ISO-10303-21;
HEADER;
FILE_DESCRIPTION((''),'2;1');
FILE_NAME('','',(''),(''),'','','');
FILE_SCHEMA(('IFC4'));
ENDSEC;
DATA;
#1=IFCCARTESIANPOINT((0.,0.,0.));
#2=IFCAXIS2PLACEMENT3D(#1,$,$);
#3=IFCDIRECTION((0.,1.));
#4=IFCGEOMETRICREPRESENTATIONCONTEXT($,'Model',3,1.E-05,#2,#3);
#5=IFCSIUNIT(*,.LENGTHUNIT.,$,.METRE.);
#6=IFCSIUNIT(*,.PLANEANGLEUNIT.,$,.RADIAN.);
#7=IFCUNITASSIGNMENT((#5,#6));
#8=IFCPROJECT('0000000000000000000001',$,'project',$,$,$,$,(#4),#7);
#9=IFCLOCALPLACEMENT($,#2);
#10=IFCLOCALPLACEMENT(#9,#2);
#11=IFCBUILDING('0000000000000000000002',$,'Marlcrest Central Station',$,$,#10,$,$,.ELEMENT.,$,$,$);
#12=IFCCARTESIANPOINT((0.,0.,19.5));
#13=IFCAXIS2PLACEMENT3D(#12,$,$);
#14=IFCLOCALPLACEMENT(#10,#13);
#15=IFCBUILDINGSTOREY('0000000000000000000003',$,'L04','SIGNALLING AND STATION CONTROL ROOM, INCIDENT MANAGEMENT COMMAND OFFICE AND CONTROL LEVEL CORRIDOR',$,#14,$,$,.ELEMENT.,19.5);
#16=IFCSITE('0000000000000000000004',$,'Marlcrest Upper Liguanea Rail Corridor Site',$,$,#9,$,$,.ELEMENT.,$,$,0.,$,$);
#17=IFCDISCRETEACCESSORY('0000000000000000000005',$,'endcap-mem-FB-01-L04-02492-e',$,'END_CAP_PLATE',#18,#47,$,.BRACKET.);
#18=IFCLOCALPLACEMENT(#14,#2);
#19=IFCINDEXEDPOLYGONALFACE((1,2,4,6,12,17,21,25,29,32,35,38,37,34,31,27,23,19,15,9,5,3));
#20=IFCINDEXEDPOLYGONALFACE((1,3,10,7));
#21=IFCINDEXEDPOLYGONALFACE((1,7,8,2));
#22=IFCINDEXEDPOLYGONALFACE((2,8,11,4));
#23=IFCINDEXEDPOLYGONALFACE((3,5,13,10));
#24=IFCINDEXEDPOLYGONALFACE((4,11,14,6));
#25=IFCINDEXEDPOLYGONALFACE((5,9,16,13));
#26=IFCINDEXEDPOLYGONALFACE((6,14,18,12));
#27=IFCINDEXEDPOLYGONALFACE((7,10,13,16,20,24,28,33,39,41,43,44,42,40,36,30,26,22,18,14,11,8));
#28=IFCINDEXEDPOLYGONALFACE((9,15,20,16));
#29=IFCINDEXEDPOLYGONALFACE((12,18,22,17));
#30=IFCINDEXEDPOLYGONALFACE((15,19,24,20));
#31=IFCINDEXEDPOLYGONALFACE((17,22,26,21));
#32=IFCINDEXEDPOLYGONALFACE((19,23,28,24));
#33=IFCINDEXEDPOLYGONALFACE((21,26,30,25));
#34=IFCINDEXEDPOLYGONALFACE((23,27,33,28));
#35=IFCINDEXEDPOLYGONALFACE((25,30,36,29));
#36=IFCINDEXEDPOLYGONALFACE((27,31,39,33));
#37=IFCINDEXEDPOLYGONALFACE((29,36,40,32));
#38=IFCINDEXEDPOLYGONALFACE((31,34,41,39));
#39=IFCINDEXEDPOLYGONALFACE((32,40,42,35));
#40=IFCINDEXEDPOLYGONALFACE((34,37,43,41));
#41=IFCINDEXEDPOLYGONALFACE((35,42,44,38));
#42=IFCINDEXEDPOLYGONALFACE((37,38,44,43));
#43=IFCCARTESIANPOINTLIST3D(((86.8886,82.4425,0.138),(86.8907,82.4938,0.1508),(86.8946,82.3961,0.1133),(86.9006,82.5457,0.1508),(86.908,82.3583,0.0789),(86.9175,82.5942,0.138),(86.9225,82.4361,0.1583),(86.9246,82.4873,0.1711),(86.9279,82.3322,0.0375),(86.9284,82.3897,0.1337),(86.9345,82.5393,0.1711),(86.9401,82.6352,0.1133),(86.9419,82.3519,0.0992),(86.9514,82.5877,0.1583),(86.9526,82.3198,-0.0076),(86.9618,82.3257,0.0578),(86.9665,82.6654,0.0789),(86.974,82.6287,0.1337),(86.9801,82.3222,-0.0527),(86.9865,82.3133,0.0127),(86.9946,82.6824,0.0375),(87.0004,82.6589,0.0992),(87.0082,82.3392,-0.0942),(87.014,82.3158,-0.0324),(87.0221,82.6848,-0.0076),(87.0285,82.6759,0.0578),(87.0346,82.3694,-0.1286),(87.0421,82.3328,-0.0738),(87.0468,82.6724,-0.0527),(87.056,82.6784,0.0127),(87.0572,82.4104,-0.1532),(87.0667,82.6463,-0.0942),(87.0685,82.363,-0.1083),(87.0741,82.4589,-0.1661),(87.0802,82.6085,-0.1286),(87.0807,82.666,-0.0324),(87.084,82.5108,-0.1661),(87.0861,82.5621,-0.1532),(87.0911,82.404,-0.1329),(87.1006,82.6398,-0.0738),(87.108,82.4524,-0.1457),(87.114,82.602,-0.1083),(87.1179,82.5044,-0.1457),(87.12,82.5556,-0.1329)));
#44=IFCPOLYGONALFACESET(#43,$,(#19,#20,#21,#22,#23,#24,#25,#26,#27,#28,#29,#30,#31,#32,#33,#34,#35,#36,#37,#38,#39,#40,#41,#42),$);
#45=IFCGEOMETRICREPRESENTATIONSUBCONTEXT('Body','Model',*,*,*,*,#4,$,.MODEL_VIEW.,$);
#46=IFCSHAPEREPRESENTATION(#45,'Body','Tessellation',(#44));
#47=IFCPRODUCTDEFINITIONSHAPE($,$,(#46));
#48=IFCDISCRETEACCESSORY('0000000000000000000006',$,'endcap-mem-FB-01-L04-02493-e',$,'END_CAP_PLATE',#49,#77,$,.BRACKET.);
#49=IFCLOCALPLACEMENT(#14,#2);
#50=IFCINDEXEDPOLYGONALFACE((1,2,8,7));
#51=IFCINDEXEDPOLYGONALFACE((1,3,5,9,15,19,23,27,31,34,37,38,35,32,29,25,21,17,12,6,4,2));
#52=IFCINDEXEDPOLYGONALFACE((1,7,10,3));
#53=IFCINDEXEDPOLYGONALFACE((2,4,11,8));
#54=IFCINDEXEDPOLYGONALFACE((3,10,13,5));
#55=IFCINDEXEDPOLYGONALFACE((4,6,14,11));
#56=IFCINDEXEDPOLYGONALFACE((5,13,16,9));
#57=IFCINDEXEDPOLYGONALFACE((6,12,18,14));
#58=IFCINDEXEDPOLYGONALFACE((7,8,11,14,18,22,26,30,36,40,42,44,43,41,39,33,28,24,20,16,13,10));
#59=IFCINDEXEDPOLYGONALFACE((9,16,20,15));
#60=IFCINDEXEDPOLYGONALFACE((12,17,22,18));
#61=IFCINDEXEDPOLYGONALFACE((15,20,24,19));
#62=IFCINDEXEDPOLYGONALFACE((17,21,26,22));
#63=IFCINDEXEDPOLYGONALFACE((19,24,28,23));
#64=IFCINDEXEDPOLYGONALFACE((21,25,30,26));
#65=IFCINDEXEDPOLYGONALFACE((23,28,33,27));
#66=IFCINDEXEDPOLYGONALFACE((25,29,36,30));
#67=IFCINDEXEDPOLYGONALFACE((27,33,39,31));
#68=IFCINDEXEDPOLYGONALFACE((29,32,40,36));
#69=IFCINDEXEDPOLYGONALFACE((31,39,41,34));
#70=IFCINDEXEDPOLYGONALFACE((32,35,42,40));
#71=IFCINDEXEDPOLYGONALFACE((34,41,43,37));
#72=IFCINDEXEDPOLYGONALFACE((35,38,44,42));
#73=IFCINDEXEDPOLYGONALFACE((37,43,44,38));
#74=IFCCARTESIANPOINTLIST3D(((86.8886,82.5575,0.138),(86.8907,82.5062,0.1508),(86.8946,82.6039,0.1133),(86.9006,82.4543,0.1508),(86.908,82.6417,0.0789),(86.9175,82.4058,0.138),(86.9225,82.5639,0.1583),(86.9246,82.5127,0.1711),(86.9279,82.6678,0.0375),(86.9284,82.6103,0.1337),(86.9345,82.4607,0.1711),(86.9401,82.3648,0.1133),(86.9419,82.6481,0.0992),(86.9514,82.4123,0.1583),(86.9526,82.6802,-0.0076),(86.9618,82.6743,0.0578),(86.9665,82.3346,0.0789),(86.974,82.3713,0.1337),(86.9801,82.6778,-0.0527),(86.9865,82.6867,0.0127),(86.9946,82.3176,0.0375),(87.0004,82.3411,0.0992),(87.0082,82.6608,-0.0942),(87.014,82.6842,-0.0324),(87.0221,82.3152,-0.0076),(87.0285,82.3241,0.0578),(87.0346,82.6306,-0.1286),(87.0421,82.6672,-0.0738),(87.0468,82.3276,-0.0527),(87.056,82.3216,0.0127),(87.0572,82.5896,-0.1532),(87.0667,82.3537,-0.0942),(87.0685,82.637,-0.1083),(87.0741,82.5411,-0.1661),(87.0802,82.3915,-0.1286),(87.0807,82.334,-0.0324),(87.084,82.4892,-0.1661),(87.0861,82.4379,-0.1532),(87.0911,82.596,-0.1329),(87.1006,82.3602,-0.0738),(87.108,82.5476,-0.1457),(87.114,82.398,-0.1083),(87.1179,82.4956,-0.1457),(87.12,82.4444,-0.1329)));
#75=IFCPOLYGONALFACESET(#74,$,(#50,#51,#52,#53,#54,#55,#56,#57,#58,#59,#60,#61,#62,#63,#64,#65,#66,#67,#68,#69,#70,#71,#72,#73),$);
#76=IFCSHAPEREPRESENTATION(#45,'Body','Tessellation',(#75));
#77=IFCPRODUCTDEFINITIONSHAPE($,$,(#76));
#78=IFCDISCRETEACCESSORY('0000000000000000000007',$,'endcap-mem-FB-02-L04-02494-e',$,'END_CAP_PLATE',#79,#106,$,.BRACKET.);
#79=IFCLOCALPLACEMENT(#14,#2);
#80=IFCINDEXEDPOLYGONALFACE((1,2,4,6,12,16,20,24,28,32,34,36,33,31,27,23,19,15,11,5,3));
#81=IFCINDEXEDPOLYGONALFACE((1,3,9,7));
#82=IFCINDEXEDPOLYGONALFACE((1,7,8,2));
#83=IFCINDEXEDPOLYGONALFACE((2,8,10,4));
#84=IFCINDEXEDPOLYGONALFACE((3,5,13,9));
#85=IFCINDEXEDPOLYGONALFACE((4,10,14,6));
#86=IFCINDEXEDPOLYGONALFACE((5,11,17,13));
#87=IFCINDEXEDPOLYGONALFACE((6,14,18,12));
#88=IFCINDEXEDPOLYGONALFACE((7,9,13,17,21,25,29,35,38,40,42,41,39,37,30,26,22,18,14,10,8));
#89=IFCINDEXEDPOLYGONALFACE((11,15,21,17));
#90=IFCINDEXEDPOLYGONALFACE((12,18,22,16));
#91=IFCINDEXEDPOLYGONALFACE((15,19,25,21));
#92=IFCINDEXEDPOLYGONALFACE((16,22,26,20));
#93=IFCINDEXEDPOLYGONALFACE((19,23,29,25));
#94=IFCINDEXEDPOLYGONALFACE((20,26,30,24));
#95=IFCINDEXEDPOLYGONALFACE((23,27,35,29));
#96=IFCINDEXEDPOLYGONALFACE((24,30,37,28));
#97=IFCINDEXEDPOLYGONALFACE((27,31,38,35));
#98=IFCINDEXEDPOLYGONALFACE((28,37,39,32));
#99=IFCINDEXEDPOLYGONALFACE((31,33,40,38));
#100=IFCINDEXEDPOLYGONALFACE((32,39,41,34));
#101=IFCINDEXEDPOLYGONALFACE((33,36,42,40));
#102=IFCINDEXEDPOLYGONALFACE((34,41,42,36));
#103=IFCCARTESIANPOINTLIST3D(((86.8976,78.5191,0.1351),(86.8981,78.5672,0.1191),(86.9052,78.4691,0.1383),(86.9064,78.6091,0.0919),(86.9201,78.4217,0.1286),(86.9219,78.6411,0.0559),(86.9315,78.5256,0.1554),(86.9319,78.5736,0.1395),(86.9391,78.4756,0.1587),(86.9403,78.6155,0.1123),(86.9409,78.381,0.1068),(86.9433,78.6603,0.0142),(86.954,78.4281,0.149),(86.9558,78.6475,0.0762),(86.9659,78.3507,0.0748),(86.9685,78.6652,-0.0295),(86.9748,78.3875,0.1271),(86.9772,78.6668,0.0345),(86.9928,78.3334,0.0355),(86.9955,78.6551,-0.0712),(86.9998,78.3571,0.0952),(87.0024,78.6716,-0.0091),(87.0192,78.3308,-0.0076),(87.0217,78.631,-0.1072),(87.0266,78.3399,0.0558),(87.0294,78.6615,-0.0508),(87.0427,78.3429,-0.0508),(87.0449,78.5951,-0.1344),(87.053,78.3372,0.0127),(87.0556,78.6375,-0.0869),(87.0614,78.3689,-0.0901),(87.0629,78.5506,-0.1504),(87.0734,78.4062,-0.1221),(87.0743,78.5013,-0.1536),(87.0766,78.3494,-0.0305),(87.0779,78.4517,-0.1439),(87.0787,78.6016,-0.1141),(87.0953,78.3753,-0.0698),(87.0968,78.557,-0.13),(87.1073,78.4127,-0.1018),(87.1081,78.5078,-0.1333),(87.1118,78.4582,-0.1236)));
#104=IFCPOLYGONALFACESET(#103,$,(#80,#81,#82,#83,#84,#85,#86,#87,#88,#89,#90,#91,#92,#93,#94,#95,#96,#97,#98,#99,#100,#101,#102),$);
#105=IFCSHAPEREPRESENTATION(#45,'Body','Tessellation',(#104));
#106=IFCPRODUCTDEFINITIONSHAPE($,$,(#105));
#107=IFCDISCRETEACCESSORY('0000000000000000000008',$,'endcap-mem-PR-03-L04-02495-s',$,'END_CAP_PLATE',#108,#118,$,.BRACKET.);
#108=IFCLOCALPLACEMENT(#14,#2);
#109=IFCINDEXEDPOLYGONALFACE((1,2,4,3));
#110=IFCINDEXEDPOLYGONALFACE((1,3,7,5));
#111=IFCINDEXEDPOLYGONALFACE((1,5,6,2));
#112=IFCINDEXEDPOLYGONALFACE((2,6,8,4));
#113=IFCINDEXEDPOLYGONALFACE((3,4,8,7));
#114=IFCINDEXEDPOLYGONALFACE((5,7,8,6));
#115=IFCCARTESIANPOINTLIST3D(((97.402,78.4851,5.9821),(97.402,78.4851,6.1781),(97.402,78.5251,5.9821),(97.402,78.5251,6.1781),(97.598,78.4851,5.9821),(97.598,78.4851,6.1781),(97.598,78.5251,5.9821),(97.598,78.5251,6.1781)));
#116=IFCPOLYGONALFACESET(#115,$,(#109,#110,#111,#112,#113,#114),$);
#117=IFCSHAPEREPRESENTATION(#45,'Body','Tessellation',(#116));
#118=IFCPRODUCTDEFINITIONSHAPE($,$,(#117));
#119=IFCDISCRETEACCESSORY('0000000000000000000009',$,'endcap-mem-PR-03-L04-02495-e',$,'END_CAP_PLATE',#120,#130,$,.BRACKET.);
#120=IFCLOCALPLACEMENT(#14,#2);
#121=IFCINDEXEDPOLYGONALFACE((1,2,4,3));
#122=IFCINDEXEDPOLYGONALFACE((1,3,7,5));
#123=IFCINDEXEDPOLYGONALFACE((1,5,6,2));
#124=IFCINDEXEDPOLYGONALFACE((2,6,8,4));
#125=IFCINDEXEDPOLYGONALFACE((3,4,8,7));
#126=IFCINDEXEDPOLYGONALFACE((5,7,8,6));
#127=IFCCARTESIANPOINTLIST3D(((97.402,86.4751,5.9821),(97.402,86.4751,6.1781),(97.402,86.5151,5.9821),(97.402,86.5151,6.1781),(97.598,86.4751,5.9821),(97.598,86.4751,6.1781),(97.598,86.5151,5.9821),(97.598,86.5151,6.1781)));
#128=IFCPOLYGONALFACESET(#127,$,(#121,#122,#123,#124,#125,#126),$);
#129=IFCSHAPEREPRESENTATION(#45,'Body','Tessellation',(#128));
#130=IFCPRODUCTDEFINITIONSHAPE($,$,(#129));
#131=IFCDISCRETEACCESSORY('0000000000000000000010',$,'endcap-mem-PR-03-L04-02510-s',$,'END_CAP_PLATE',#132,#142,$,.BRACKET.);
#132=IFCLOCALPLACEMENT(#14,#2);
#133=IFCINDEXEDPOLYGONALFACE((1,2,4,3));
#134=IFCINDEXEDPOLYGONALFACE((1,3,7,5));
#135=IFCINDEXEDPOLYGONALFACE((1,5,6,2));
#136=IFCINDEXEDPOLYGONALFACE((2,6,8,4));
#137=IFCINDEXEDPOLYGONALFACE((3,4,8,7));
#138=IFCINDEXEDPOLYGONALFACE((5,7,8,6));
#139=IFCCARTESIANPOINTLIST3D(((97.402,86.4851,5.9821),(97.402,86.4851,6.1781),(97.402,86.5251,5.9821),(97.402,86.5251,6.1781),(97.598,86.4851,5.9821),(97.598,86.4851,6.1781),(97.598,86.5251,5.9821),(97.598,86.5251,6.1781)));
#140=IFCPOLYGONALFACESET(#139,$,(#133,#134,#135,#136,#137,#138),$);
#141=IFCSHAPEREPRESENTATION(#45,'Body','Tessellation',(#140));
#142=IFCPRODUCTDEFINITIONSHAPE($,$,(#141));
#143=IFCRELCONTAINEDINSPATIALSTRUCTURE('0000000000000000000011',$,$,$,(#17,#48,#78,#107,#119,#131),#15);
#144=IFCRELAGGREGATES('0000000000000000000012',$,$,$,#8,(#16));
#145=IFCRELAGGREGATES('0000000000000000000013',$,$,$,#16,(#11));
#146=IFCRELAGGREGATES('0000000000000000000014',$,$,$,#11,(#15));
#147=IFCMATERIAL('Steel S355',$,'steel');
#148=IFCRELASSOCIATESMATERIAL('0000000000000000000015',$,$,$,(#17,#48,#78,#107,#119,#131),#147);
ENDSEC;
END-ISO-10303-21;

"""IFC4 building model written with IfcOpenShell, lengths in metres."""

from ifc_helpers import new_model, si_unit, direction, frame, origin, origin_2d, place, context, subcontext, project, spatial, rectangle, circle, extrude, material, element, save


model = new_model("IFC4")

# Units and contexts
model_context = context("Model", 3, precision=1e-05, world=origin(), true_north=direction((0.0, 1.0)))
body_context = subcontext(model_context, "Body", "Model", "MODEL_VIEW")
ifc_project = project(units=[si_unit("LENGTHUNIT", "METRE"), si_unit("PLANEANGLEUNIT", "RADIAN")], contexts=[model_context])

# Site, building, storey
site_placement = place(None, origin())
site = spatial("IfcSite", under=ifc_project, at=site_placement, Name="Marlcrest Upper Liguanea Rail Corridor Site", CompositionType="ELEMENT", RefElevation=0.0)
building_placement = place(site_placement, origin())
building = spatial("IfcBuilding", under=site, at=building_placement, Name="Marlcrest Central Station", CompositionType="ELEMENT")
storey_placement = place(building_placement, frame((0.0, 0.0, 19.5)))
storey = spatial("IfcBuildingStorey", under=building, at=storey_placement, Name="L04", Description="SIGNALLING AND STATION CONTROL ROOM, INCIDENT MANAGEMENT COMMAND OFFICE AND CONTROL LEVEL CORRIDOR", CompositionType="ELEMENT", Elevation=19.5)

# Discrete accessories
ifc_material_1 = material(Name="Steel S355", Category="steel")
for number, where, z_axis, x_axis, name in (
    (1, (87.0212, 82.4958, 0.0127), (-0.846277, 0.161196, -0.50777), (-0.187112, -0.982339, 0.0), "endcap-mem-FB-01-L04-02492-e"),
    (2, (87.0212, 82.5042, 0.0127), (-0.846277, -0.161196, -0.50777), (0.187112, -0.982339, 0.0), "endcap-mem-FB-01-L04-02493-e"),
):
    element("IfcDiscreteAccessory", number, at=place(storey_placement, frame(where, z_axis=z_axis, x_axis=x_axis)), inside=storey, material=ifc_material_1, Name=name, ObjectType="END_CAP_PLATE", PredefinedType="BRACKET", context=body_context, shape_type="SweptSolid", body=[
        extrude(circle(Radius=0.1858, at=origin_2d()), origin(), (0.0, 0.0, 1.0), 0.04),
    ])
discrete_accessory_placement = place(storey_placement, frame((87.0212, 78.5042, 0.0127), z_axis=(-0.846277, -0.161196, -0.50777), x_axis=(0.187112, -0.982339, 0.0)))
element("IfcDiscreteAccessory", 3, at=discrete_accessory_placement, inside=storey, material=ifc_material_1, Name="endcap-mem-FB-02-L04-02494-e", ObjectType="END_CAP_PLATE", PredefinedType="BRACKET", context=body_context, shape_type="SweptSolid", body=[
    extrude(circle(Radius=0.1699, at=origin_2d()), origin(), (0.0, 0.0, 1.0), 0.04),
])
for number, where, z_axis, x_axis, name in (
    (4, (97.5, 78.4851, 6.0801), (0.0, 1.0, 0.0), (-1.0, 0.0, 0.0), "endcap-mem-PR-03-L04-02495-s"),
    (5, (97.5, 86.4751, 6.0801), (0.0, 1.0, 0.0), (-1.0, 0.0, 0.0), "endcap-mem-PR-03-L04-02495-e"),
    (6, (97.5, 86.4851, 6.0801), (0.0, 1.0, 0.0), (-1.0, 0.0, 0.0), "endcap-mem-PR-03-L04-02510-s"),
):
    element("IfcDiscreteAccessory", number, at=place(storey_placement, frame(where, z_axis=z_axis, x_axis=x_axis)), inside=storey, material=ifc_material_1, Name=name, ObjectType="END_CAP_PLATE", PredefinedType="BRACKET", context=body_context, shape_type="SweptSolid", body=[
        extrude(rectangle(XDim=0.196, YDim=0.196, at=origin_2d()), origin(), (0.0, 0.0, 1.0), 0.04),
    ])

save(model, "model.ifc")
